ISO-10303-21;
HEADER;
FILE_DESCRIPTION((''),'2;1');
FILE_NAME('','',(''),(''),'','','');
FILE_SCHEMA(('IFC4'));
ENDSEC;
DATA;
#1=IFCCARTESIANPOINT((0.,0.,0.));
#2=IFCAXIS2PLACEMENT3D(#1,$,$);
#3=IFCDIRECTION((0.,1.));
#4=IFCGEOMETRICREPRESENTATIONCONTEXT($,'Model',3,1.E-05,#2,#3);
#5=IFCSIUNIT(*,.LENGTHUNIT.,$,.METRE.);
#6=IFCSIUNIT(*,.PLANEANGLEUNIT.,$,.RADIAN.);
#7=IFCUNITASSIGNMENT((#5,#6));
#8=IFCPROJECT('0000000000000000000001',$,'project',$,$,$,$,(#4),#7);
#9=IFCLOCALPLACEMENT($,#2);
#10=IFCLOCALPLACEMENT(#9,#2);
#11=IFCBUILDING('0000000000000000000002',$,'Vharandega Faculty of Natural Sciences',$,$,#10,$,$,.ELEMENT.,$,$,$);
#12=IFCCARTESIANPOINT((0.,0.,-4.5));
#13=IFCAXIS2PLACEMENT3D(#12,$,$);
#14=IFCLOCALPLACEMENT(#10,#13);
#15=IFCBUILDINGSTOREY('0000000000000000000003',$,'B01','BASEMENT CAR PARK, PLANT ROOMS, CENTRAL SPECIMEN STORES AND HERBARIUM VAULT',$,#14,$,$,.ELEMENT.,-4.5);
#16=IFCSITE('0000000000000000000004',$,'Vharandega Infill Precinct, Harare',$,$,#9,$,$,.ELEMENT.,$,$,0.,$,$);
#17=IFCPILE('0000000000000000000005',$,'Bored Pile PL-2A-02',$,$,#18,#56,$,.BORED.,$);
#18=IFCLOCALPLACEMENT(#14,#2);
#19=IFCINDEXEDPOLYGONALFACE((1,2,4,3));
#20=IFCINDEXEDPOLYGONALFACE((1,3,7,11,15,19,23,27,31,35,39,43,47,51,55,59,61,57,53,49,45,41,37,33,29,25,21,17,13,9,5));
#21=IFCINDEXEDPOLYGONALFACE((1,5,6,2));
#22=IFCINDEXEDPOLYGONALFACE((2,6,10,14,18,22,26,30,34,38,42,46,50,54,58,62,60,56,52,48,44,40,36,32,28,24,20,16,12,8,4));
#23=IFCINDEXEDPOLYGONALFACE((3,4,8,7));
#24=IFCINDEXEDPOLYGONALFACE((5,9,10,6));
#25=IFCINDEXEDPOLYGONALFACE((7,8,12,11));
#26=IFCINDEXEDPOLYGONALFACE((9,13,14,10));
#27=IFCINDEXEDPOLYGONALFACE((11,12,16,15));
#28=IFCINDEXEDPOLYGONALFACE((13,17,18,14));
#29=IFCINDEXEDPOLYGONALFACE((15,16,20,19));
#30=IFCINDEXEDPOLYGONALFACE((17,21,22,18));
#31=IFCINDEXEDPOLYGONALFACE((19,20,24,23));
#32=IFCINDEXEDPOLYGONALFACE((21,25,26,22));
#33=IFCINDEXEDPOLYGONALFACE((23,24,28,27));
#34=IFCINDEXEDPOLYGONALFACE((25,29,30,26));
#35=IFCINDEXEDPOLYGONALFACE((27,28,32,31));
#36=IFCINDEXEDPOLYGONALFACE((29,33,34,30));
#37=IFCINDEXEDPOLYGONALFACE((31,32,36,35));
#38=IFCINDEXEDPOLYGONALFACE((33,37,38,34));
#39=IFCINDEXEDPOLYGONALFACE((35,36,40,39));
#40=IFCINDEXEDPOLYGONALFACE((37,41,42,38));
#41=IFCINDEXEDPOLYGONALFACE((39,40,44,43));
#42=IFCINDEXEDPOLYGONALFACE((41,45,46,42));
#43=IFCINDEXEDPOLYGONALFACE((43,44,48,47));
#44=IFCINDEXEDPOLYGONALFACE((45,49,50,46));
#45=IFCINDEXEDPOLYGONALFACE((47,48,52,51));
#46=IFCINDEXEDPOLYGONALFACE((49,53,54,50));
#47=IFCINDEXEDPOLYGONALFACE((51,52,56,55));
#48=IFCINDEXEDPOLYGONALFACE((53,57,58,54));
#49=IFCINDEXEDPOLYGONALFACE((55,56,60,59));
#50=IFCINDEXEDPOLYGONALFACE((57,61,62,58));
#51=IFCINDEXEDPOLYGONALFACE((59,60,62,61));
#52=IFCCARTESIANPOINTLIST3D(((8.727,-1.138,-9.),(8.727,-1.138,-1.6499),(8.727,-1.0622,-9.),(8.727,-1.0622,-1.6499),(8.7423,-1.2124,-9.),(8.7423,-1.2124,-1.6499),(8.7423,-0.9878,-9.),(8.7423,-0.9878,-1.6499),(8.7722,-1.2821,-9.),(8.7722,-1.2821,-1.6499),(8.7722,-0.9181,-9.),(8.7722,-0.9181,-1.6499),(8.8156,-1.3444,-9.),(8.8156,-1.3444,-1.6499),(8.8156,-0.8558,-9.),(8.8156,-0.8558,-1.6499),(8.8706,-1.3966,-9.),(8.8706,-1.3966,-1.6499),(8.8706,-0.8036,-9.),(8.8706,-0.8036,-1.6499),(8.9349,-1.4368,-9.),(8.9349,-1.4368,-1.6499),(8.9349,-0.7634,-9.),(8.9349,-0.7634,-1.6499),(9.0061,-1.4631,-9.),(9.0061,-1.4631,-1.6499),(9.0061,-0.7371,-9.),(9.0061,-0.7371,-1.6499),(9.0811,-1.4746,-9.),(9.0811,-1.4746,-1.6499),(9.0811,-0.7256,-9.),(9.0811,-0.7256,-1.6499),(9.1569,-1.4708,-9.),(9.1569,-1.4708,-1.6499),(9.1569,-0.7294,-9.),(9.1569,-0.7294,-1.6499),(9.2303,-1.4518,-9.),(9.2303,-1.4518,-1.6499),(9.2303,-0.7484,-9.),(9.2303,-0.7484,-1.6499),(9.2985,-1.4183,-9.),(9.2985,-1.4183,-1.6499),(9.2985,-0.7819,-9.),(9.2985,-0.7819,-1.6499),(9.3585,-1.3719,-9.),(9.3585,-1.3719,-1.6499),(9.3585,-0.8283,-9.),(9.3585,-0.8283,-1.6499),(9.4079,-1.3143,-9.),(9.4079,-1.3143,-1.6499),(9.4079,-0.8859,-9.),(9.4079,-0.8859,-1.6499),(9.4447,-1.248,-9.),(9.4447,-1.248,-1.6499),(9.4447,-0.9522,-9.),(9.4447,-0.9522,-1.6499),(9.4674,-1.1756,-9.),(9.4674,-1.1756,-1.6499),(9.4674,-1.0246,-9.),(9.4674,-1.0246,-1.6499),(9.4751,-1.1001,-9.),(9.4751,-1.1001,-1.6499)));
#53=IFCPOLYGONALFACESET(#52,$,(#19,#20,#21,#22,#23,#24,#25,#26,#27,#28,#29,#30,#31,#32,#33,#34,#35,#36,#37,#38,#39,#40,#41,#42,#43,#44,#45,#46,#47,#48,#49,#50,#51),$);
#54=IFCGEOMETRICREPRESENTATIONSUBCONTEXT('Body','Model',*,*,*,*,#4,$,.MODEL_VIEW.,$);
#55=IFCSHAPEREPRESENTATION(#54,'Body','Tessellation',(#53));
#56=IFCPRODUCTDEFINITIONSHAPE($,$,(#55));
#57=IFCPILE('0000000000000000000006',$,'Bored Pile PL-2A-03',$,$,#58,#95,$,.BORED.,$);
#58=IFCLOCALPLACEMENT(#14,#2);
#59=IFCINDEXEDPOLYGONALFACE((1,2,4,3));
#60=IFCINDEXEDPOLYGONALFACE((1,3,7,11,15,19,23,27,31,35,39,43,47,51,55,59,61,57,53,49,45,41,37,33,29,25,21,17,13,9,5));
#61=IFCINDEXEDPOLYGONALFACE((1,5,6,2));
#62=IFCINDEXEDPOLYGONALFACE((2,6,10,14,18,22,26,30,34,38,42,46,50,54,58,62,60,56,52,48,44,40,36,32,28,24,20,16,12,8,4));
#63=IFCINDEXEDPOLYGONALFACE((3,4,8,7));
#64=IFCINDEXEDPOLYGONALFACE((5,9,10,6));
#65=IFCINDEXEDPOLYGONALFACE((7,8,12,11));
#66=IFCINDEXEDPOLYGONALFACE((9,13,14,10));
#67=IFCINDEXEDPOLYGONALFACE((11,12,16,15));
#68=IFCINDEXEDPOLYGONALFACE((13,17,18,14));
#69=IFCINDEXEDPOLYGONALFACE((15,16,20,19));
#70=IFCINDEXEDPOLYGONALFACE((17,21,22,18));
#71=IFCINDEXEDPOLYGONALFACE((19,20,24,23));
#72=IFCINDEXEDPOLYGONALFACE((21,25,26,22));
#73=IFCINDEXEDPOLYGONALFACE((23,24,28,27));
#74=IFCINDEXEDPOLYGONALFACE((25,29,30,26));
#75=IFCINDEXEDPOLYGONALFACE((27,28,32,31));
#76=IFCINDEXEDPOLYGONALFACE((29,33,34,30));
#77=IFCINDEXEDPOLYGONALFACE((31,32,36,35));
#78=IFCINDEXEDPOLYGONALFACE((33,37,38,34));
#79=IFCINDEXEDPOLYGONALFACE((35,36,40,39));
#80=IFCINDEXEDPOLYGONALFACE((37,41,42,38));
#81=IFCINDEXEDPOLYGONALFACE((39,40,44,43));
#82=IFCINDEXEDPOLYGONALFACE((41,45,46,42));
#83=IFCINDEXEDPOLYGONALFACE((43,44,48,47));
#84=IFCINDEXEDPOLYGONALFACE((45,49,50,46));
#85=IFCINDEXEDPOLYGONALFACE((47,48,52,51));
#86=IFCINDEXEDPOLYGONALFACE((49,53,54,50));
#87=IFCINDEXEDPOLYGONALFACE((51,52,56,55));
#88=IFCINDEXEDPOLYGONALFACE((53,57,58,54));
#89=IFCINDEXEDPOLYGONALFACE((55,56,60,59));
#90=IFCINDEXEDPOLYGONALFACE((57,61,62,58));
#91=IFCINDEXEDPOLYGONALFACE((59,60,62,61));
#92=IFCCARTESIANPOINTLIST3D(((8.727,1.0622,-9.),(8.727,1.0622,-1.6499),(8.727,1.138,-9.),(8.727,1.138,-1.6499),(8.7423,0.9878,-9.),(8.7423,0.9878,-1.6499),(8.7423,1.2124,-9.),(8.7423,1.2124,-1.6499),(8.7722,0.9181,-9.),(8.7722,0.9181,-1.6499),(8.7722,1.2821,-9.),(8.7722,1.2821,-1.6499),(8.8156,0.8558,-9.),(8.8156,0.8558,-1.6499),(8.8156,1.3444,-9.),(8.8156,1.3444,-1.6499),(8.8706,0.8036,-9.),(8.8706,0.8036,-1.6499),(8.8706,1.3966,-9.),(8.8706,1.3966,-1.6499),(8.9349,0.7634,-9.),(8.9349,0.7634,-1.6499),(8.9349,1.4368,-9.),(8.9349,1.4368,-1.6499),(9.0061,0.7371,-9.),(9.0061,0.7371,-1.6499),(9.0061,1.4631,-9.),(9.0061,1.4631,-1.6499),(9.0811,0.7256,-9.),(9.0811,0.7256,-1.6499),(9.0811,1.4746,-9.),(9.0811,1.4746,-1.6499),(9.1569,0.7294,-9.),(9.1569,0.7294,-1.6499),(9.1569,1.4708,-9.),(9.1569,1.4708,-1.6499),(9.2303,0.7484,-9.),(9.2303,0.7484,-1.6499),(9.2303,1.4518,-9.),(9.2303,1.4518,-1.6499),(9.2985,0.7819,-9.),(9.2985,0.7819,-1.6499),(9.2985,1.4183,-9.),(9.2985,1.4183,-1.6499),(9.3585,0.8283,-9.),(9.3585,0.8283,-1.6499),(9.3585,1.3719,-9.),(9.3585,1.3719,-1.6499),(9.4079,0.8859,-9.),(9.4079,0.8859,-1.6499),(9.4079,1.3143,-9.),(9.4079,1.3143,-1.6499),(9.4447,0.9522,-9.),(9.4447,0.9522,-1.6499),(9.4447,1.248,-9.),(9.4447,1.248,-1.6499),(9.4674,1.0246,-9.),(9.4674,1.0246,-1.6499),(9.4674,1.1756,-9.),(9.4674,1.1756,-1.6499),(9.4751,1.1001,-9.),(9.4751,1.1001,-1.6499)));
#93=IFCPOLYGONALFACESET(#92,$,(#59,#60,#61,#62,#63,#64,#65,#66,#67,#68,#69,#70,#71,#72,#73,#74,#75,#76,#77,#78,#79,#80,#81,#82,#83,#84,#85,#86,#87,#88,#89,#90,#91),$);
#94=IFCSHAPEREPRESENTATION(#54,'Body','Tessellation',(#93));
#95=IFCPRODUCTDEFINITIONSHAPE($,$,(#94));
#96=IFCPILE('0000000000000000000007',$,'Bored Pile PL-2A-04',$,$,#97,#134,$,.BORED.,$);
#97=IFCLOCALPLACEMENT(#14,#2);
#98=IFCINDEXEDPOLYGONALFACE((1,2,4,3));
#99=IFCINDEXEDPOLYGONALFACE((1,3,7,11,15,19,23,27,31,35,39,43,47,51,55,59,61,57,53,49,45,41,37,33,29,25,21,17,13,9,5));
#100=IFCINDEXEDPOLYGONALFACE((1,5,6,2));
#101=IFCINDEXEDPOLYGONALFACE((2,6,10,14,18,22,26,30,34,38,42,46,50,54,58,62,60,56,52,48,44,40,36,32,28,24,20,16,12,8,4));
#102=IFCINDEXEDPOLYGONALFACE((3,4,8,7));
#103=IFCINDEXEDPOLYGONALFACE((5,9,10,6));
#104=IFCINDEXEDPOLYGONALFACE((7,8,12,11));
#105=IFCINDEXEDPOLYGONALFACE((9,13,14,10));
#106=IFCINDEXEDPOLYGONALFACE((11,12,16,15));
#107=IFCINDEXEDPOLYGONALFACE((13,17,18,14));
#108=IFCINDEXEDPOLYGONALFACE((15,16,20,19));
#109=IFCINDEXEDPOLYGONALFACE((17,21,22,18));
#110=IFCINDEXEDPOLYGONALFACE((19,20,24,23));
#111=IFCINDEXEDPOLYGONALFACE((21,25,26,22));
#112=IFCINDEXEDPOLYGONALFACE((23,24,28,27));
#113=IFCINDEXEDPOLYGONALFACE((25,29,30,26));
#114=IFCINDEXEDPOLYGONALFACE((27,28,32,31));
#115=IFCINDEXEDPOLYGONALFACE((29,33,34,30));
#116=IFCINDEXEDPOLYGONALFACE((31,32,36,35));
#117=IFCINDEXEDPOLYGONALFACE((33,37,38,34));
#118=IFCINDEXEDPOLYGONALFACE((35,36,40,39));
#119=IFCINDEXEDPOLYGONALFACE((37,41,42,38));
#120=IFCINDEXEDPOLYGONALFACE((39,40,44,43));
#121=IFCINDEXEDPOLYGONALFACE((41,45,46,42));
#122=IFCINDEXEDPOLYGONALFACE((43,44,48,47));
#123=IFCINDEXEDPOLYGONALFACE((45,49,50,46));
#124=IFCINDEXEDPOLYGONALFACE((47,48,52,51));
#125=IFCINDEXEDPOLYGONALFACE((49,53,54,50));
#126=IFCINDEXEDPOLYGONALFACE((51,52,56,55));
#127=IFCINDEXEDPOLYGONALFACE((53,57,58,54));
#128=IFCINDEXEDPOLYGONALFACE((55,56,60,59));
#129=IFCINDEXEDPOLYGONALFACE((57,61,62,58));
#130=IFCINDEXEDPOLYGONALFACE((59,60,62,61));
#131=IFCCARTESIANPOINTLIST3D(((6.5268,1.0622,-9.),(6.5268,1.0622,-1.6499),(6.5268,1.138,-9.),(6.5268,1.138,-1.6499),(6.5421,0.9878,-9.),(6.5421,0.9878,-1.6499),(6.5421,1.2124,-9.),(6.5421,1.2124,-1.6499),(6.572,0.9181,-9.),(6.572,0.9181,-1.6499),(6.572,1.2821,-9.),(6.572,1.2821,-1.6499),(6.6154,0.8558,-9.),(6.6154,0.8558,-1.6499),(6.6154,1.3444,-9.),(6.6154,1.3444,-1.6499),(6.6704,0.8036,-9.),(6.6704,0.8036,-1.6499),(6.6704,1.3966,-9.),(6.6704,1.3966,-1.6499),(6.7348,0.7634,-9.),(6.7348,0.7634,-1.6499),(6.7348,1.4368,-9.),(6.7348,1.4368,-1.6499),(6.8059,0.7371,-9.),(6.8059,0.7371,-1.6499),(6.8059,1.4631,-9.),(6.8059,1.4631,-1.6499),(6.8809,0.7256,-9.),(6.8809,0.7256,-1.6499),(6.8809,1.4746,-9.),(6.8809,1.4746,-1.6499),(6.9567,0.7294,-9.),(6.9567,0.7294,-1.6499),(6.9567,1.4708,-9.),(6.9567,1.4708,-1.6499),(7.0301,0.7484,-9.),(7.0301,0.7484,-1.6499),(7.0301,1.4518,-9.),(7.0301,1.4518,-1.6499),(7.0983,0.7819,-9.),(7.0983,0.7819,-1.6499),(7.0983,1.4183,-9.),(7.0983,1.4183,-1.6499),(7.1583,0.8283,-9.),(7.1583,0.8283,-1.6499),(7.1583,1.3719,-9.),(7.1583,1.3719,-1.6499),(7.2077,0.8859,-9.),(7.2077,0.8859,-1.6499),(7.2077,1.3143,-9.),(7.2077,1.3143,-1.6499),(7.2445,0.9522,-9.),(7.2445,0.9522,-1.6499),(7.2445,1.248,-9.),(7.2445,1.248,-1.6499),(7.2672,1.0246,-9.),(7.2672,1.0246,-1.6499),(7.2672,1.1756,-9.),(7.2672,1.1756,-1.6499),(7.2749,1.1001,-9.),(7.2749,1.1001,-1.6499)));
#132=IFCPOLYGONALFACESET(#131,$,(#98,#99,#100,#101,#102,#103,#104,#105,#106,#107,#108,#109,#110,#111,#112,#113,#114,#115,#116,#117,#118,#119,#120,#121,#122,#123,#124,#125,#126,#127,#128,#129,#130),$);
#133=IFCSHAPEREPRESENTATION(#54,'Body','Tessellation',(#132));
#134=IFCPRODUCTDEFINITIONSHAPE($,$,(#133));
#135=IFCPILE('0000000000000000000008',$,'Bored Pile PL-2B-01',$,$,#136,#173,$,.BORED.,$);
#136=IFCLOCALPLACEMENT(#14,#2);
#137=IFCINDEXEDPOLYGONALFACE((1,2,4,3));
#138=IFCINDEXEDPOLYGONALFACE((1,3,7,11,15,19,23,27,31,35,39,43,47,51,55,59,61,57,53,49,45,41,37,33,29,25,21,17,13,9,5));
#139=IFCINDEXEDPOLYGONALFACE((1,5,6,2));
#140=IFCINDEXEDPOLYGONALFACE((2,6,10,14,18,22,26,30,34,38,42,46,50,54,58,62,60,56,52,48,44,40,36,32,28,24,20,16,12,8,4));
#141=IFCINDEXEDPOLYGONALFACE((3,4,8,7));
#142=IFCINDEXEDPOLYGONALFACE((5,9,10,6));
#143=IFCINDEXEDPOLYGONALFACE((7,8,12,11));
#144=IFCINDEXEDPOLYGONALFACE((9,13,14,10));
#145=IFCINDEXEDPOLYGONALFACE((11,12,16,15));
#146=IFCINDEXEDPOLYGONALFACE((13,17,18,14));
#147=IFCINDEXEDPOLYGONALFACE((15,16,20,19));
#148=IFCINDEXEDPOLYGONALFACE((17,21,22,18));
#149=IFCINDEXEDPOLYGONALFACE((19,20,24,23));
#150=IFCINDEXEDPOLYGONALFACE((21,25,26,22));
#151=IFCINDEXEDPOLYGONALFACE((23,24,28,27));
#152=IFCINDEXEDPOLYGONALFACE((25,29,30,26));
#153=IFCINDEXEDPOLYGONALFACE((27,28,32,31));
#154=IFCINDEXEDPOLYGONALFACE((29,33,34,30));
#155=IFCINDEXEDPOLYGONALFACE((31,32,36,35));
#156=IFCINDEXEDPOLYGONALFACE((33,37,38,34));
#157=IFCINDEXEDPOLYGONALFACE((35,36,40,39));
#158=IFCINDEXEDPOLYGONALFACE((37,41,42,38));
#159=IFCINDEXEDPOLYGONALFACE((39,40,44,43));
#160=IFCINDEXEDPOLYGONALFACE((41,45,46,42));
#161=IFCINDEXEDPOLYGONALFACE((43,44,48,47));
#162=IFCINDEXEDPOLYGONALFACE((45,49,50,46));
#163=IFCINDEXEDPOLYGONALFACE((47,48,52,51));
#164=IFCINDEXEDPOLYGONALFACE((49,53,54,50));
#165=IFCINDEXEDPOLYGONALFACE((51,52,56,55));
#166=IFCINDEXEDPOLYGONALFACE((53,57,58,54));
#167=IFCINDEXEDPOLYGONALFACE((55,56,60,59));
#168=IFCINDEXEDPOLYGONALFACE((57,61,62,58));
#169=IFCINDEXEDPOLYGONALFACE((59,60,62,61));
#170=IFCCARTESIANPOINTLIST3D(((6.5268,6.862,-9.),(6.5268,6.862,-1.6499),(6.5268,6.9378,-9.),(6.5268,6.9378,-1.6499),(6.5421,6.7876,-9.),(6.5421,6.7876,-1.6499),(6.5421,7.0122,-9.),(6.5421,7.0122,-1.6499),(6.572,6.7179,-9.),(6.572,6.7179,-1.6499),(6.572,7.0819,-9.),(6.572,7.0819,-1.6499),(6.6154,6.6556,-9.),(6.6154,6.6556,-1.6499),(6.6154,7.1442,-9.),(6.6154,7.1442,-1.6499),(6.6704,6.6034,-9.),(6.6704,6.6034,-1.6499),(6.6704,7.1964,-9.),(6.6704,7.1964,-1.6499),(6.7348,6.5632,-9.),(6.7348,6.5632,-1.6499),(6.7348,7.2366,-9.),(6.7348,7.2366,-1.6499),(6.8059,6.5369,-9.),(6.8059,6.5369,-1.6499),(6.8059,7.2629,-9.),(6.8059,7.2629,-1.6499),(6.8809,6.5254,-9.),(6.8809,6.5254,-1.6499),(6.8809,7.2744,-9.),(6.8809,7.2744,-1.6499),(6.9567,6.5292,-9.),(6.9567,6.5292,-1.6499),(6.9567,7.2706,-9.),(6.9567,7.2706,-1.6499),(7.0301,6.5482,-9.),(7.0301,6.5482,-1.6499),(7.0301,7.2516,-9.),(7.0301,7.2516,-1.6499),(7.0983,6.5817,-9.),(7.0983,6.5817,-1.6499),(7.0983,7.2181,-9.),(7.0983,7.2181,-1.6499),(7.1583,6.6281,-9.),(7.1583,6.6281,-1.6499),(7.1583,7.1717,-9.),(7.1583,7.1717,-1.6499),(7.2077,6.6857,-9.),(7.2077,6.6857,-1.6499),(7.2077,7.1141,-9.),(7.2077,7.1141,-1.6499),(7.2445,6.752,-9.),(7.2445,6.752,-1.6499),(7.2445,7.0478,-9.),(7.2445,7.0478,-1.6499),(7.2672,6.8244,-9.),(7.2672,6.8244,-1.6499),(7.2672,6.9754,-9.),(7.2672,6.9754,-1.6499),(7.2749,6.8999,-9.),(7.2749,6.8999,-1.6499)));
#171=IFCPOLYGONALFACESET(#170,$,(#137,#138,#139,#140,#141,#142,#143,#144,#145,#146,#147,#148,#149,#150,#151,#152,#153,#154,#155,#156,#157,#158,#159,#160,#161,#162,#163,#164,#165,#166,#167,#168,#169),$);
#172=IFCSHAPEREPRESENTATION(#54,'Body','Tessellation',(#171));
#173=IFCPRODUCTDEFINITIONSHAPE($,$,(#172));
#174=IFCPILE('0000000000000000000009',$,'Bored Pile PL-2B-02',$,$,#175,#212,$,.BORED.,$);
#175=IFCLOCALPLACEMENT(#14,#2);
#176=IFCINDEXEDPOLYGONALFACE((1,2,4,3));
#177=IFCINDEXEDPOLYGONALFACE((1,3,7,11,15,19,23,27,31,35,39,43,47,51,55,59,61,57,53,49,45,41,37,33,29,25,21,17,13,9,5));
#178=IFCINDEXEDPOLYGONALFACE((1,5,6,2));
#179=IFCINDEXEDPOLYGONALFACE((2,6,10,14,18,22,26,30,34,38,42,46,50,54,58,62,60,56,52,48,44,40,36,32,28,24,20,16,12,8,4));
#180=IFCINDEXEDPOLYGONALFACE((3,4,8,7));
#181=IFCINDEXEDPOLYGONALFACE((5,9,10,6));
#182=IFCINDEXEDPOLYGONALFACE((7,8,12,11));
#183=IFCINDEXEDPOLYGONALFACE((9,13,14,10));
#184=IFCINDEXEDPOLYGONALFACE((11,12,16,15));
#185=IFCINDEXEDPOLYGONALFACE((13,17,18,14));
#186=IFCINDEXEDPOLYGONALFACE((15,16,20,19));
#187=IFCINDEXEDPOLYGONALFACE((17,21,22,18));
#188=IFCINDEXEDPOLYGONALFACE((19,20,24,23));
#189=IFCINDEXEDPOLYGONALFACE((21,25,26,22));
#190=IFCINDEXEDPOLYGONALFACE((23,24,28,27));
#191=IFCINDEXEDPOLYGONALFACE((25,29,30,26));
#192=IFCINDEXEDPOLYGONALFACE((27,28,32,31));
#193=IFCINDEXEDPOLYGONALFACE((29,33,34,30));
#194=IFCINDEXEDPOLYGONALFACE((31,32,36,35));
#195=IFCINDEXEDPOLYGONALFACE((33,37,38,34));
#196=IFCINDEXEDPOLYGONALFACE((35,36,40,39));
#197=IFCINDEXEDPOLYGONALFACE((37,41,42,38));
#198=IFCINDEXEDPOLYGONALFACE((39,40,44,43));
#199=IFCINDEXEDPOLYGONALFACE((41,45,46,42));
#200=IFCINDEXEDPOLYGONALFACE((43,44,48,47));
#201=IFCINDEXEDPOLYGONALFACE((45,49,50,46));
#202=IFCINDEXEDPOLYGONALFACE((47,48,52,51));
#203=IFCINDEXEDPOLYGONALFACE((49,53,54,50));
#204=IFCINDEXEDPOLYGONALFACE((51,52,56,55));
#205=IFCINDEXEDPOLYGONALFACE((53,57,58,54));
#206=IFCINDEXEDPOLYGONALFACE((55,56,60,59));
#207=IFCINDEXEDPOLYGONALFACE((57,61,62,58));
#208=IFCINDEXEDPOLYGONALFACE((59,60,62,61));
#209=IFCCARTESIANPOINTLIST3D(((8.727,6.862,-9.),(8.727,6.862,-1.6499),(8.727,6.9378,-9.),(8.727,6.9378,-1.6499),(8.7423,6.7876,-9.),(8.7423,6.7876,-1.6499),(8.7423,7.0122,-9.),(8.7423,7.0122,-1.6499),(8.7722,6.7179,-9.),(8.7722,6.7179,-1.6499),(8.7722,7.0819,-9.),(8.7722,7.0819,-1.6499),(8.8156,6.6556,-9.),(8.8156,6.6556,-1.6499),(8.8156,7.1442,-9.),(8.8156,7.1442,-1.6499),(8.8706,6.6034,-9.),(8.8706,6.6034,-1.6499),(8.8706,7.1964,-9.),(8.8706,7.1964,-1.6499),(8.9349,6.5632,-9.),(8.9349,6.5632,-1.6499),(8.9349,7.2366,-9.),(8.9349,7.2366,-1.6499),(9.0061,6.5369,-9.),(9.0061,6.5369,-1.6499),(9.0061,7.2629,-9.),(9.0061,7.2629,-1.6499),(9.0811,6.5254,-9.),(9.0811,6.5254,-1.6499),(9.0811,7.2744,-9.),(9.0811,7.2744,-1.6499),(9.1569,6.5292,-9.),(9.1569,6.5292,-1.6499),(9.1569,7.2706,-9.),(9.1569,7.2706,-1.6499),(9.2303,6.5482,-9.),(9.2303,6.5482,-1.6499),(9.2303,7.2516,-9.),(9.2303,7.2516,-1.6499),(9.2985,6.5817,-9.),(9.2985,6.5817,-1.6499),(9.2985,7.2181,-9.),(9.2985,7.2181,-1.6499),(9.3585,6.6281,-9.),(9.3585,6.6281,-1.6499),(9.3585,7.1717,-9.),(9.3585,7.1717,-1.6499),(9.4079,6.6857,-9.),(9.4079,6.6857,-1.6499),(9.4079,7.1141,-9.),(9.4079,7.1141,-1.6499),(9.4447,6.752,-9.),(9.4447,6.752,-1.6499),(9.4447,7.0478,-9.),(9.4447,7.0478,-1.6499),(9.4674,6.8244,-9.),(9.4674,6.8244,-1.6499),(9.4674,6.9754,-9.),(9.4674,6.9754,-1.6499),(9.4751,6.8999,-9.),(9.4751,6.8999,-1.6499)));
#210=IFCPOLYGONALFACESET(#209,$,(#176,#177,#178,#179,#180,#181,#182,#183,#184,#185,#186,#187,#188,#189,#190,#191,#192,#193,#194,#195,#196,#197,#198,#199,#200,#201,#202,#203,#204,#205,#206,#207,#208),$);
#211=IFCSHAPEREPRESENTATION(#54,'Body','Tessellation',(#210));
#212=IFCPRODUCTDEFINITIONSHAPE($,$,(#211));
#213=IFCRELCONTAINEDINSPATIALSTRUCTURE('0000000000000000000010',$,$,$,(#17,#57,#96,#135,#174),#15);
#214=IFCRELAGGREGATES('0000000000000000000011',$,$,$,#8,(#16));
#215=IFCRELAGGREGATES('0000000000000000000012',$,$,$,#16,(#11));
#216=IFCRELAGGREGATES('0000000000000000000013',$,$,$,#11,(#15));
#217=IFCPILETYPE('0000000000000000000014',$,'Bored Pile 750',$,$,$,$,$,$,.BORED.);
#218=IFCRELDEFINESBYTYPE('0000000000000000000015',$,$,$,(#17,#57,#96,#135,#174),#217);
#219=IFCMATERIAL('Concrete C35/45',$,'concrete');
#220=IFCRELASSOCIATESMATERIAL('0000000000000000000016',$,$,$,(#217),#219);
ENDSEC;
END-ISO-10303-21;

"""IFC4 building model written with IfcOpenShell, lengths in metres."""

from ifc_helpers import new_model, si_unit, direction, frame, origin, origin_2d, place, context, subcontext, project, spatial, circle, extrude, material, material_profile, profile_set, type_object, element, save


model = new_model("IFC4")

# Units and contexts
model_context = context("Model", 3, precision=1e-05, world=origin(), true_north=direction((0.0, 1.0)))
body_context = subcontext(model_context, "Body", "Model", "MODEL_VIEW")
ifc_project = project(units=[si_unit("LENGTHUNIT", "METRE"), si_unit("PLANEANGLEUNIT", "RADIAN")], contexts=[model_context])

# Site, building, storey
site_placement = place(None, origin())
site = spatial("IfcSite", under=ifc_project, at=site_placement, Name="Vharandega Infill Precinct, Harare", CompositionType="ELEMENT", RefElevation=0.0)
building_placement = place(site_placement, origin())
building = spatial("IfcBuilding", under=site, at=building_placement, Name="Vharandega Faculty of Natural Sciences", CompositionType="ELEMENT")
storey_placement = place(building_placement, frame((0.0, 0.0, -4.5)))
storey = spatial("IfcBuildingStorey", under=building, at=storey_placement, Name="B01", Description="BASEMENT CAR PARK, PLANT ROOMS, CENTRAL SPECIMEN STORES AND HERBARIUM VAULT", CompositionType="ELEMENT", Elevation=-4.5)

# Piles
ifc_material_1 = material(Name="Concrete C35/45", Category="concrete")
ifc_material_profile_1 = material_profile(ifc_material_1, circle(Radius=0.375, at=origin_2d()), Name="PILE 750")
ifc_profile_set_1 = profile_set([ifc_material_profile_1], Name="Concrete C35/45")
pile_type = type_object("IfcPileType", Name="Bored Pile 750", PredefinedType="BORED", material=ifc_profile_set_1)
for number, where, z_axis, x_axis, name in (
    (1, (9.1001, -1.1001, -1.6499), (0.0, 0.0, -1.0), (1.0, 0.0, 0.0), "Bored Pile PL-2A-02"),
    (2, (9.1001, 1.1001, -1.6499), (0.0, 0.0, -1.0), (1.0, 0.0, 0.0), "Bored Pile PL-2A-03"),
    (3, (6.8999, 1.1001, -1.6499), (0.0, 0.0, -1.0), (1.0, 0.0, 0.0), "Bored Pile PL-2A-04"),
    (4, (6.8999, 6.8999, -1.6499), (0.0, 0.0, -1.0), (1.0, 0.0, 0.0), "Bored Pile PL-2B-01"),
    (5, (9.1001, 6.8999, -1.6499), (0.0, 0.0, -1.0), (1.0, 0.0, 0.0), "Bored Pile PL-2B-02"),
):
    element("IfcPile", number, at=place(storey_placement, frame(where, z_axis=z_axis, x_axis=x_axis)), inside=storey, type_object=pile_type, Name=name, PredefinedType="BORED", context=body_context, shape_type="SweptSolid", body=[
        extrude(circle(Radius=0.375, at=origin_2d()), origin(), (0.0, 0.0, 1.0), 7.3501),
    ])

save(model, "model.ifc")
